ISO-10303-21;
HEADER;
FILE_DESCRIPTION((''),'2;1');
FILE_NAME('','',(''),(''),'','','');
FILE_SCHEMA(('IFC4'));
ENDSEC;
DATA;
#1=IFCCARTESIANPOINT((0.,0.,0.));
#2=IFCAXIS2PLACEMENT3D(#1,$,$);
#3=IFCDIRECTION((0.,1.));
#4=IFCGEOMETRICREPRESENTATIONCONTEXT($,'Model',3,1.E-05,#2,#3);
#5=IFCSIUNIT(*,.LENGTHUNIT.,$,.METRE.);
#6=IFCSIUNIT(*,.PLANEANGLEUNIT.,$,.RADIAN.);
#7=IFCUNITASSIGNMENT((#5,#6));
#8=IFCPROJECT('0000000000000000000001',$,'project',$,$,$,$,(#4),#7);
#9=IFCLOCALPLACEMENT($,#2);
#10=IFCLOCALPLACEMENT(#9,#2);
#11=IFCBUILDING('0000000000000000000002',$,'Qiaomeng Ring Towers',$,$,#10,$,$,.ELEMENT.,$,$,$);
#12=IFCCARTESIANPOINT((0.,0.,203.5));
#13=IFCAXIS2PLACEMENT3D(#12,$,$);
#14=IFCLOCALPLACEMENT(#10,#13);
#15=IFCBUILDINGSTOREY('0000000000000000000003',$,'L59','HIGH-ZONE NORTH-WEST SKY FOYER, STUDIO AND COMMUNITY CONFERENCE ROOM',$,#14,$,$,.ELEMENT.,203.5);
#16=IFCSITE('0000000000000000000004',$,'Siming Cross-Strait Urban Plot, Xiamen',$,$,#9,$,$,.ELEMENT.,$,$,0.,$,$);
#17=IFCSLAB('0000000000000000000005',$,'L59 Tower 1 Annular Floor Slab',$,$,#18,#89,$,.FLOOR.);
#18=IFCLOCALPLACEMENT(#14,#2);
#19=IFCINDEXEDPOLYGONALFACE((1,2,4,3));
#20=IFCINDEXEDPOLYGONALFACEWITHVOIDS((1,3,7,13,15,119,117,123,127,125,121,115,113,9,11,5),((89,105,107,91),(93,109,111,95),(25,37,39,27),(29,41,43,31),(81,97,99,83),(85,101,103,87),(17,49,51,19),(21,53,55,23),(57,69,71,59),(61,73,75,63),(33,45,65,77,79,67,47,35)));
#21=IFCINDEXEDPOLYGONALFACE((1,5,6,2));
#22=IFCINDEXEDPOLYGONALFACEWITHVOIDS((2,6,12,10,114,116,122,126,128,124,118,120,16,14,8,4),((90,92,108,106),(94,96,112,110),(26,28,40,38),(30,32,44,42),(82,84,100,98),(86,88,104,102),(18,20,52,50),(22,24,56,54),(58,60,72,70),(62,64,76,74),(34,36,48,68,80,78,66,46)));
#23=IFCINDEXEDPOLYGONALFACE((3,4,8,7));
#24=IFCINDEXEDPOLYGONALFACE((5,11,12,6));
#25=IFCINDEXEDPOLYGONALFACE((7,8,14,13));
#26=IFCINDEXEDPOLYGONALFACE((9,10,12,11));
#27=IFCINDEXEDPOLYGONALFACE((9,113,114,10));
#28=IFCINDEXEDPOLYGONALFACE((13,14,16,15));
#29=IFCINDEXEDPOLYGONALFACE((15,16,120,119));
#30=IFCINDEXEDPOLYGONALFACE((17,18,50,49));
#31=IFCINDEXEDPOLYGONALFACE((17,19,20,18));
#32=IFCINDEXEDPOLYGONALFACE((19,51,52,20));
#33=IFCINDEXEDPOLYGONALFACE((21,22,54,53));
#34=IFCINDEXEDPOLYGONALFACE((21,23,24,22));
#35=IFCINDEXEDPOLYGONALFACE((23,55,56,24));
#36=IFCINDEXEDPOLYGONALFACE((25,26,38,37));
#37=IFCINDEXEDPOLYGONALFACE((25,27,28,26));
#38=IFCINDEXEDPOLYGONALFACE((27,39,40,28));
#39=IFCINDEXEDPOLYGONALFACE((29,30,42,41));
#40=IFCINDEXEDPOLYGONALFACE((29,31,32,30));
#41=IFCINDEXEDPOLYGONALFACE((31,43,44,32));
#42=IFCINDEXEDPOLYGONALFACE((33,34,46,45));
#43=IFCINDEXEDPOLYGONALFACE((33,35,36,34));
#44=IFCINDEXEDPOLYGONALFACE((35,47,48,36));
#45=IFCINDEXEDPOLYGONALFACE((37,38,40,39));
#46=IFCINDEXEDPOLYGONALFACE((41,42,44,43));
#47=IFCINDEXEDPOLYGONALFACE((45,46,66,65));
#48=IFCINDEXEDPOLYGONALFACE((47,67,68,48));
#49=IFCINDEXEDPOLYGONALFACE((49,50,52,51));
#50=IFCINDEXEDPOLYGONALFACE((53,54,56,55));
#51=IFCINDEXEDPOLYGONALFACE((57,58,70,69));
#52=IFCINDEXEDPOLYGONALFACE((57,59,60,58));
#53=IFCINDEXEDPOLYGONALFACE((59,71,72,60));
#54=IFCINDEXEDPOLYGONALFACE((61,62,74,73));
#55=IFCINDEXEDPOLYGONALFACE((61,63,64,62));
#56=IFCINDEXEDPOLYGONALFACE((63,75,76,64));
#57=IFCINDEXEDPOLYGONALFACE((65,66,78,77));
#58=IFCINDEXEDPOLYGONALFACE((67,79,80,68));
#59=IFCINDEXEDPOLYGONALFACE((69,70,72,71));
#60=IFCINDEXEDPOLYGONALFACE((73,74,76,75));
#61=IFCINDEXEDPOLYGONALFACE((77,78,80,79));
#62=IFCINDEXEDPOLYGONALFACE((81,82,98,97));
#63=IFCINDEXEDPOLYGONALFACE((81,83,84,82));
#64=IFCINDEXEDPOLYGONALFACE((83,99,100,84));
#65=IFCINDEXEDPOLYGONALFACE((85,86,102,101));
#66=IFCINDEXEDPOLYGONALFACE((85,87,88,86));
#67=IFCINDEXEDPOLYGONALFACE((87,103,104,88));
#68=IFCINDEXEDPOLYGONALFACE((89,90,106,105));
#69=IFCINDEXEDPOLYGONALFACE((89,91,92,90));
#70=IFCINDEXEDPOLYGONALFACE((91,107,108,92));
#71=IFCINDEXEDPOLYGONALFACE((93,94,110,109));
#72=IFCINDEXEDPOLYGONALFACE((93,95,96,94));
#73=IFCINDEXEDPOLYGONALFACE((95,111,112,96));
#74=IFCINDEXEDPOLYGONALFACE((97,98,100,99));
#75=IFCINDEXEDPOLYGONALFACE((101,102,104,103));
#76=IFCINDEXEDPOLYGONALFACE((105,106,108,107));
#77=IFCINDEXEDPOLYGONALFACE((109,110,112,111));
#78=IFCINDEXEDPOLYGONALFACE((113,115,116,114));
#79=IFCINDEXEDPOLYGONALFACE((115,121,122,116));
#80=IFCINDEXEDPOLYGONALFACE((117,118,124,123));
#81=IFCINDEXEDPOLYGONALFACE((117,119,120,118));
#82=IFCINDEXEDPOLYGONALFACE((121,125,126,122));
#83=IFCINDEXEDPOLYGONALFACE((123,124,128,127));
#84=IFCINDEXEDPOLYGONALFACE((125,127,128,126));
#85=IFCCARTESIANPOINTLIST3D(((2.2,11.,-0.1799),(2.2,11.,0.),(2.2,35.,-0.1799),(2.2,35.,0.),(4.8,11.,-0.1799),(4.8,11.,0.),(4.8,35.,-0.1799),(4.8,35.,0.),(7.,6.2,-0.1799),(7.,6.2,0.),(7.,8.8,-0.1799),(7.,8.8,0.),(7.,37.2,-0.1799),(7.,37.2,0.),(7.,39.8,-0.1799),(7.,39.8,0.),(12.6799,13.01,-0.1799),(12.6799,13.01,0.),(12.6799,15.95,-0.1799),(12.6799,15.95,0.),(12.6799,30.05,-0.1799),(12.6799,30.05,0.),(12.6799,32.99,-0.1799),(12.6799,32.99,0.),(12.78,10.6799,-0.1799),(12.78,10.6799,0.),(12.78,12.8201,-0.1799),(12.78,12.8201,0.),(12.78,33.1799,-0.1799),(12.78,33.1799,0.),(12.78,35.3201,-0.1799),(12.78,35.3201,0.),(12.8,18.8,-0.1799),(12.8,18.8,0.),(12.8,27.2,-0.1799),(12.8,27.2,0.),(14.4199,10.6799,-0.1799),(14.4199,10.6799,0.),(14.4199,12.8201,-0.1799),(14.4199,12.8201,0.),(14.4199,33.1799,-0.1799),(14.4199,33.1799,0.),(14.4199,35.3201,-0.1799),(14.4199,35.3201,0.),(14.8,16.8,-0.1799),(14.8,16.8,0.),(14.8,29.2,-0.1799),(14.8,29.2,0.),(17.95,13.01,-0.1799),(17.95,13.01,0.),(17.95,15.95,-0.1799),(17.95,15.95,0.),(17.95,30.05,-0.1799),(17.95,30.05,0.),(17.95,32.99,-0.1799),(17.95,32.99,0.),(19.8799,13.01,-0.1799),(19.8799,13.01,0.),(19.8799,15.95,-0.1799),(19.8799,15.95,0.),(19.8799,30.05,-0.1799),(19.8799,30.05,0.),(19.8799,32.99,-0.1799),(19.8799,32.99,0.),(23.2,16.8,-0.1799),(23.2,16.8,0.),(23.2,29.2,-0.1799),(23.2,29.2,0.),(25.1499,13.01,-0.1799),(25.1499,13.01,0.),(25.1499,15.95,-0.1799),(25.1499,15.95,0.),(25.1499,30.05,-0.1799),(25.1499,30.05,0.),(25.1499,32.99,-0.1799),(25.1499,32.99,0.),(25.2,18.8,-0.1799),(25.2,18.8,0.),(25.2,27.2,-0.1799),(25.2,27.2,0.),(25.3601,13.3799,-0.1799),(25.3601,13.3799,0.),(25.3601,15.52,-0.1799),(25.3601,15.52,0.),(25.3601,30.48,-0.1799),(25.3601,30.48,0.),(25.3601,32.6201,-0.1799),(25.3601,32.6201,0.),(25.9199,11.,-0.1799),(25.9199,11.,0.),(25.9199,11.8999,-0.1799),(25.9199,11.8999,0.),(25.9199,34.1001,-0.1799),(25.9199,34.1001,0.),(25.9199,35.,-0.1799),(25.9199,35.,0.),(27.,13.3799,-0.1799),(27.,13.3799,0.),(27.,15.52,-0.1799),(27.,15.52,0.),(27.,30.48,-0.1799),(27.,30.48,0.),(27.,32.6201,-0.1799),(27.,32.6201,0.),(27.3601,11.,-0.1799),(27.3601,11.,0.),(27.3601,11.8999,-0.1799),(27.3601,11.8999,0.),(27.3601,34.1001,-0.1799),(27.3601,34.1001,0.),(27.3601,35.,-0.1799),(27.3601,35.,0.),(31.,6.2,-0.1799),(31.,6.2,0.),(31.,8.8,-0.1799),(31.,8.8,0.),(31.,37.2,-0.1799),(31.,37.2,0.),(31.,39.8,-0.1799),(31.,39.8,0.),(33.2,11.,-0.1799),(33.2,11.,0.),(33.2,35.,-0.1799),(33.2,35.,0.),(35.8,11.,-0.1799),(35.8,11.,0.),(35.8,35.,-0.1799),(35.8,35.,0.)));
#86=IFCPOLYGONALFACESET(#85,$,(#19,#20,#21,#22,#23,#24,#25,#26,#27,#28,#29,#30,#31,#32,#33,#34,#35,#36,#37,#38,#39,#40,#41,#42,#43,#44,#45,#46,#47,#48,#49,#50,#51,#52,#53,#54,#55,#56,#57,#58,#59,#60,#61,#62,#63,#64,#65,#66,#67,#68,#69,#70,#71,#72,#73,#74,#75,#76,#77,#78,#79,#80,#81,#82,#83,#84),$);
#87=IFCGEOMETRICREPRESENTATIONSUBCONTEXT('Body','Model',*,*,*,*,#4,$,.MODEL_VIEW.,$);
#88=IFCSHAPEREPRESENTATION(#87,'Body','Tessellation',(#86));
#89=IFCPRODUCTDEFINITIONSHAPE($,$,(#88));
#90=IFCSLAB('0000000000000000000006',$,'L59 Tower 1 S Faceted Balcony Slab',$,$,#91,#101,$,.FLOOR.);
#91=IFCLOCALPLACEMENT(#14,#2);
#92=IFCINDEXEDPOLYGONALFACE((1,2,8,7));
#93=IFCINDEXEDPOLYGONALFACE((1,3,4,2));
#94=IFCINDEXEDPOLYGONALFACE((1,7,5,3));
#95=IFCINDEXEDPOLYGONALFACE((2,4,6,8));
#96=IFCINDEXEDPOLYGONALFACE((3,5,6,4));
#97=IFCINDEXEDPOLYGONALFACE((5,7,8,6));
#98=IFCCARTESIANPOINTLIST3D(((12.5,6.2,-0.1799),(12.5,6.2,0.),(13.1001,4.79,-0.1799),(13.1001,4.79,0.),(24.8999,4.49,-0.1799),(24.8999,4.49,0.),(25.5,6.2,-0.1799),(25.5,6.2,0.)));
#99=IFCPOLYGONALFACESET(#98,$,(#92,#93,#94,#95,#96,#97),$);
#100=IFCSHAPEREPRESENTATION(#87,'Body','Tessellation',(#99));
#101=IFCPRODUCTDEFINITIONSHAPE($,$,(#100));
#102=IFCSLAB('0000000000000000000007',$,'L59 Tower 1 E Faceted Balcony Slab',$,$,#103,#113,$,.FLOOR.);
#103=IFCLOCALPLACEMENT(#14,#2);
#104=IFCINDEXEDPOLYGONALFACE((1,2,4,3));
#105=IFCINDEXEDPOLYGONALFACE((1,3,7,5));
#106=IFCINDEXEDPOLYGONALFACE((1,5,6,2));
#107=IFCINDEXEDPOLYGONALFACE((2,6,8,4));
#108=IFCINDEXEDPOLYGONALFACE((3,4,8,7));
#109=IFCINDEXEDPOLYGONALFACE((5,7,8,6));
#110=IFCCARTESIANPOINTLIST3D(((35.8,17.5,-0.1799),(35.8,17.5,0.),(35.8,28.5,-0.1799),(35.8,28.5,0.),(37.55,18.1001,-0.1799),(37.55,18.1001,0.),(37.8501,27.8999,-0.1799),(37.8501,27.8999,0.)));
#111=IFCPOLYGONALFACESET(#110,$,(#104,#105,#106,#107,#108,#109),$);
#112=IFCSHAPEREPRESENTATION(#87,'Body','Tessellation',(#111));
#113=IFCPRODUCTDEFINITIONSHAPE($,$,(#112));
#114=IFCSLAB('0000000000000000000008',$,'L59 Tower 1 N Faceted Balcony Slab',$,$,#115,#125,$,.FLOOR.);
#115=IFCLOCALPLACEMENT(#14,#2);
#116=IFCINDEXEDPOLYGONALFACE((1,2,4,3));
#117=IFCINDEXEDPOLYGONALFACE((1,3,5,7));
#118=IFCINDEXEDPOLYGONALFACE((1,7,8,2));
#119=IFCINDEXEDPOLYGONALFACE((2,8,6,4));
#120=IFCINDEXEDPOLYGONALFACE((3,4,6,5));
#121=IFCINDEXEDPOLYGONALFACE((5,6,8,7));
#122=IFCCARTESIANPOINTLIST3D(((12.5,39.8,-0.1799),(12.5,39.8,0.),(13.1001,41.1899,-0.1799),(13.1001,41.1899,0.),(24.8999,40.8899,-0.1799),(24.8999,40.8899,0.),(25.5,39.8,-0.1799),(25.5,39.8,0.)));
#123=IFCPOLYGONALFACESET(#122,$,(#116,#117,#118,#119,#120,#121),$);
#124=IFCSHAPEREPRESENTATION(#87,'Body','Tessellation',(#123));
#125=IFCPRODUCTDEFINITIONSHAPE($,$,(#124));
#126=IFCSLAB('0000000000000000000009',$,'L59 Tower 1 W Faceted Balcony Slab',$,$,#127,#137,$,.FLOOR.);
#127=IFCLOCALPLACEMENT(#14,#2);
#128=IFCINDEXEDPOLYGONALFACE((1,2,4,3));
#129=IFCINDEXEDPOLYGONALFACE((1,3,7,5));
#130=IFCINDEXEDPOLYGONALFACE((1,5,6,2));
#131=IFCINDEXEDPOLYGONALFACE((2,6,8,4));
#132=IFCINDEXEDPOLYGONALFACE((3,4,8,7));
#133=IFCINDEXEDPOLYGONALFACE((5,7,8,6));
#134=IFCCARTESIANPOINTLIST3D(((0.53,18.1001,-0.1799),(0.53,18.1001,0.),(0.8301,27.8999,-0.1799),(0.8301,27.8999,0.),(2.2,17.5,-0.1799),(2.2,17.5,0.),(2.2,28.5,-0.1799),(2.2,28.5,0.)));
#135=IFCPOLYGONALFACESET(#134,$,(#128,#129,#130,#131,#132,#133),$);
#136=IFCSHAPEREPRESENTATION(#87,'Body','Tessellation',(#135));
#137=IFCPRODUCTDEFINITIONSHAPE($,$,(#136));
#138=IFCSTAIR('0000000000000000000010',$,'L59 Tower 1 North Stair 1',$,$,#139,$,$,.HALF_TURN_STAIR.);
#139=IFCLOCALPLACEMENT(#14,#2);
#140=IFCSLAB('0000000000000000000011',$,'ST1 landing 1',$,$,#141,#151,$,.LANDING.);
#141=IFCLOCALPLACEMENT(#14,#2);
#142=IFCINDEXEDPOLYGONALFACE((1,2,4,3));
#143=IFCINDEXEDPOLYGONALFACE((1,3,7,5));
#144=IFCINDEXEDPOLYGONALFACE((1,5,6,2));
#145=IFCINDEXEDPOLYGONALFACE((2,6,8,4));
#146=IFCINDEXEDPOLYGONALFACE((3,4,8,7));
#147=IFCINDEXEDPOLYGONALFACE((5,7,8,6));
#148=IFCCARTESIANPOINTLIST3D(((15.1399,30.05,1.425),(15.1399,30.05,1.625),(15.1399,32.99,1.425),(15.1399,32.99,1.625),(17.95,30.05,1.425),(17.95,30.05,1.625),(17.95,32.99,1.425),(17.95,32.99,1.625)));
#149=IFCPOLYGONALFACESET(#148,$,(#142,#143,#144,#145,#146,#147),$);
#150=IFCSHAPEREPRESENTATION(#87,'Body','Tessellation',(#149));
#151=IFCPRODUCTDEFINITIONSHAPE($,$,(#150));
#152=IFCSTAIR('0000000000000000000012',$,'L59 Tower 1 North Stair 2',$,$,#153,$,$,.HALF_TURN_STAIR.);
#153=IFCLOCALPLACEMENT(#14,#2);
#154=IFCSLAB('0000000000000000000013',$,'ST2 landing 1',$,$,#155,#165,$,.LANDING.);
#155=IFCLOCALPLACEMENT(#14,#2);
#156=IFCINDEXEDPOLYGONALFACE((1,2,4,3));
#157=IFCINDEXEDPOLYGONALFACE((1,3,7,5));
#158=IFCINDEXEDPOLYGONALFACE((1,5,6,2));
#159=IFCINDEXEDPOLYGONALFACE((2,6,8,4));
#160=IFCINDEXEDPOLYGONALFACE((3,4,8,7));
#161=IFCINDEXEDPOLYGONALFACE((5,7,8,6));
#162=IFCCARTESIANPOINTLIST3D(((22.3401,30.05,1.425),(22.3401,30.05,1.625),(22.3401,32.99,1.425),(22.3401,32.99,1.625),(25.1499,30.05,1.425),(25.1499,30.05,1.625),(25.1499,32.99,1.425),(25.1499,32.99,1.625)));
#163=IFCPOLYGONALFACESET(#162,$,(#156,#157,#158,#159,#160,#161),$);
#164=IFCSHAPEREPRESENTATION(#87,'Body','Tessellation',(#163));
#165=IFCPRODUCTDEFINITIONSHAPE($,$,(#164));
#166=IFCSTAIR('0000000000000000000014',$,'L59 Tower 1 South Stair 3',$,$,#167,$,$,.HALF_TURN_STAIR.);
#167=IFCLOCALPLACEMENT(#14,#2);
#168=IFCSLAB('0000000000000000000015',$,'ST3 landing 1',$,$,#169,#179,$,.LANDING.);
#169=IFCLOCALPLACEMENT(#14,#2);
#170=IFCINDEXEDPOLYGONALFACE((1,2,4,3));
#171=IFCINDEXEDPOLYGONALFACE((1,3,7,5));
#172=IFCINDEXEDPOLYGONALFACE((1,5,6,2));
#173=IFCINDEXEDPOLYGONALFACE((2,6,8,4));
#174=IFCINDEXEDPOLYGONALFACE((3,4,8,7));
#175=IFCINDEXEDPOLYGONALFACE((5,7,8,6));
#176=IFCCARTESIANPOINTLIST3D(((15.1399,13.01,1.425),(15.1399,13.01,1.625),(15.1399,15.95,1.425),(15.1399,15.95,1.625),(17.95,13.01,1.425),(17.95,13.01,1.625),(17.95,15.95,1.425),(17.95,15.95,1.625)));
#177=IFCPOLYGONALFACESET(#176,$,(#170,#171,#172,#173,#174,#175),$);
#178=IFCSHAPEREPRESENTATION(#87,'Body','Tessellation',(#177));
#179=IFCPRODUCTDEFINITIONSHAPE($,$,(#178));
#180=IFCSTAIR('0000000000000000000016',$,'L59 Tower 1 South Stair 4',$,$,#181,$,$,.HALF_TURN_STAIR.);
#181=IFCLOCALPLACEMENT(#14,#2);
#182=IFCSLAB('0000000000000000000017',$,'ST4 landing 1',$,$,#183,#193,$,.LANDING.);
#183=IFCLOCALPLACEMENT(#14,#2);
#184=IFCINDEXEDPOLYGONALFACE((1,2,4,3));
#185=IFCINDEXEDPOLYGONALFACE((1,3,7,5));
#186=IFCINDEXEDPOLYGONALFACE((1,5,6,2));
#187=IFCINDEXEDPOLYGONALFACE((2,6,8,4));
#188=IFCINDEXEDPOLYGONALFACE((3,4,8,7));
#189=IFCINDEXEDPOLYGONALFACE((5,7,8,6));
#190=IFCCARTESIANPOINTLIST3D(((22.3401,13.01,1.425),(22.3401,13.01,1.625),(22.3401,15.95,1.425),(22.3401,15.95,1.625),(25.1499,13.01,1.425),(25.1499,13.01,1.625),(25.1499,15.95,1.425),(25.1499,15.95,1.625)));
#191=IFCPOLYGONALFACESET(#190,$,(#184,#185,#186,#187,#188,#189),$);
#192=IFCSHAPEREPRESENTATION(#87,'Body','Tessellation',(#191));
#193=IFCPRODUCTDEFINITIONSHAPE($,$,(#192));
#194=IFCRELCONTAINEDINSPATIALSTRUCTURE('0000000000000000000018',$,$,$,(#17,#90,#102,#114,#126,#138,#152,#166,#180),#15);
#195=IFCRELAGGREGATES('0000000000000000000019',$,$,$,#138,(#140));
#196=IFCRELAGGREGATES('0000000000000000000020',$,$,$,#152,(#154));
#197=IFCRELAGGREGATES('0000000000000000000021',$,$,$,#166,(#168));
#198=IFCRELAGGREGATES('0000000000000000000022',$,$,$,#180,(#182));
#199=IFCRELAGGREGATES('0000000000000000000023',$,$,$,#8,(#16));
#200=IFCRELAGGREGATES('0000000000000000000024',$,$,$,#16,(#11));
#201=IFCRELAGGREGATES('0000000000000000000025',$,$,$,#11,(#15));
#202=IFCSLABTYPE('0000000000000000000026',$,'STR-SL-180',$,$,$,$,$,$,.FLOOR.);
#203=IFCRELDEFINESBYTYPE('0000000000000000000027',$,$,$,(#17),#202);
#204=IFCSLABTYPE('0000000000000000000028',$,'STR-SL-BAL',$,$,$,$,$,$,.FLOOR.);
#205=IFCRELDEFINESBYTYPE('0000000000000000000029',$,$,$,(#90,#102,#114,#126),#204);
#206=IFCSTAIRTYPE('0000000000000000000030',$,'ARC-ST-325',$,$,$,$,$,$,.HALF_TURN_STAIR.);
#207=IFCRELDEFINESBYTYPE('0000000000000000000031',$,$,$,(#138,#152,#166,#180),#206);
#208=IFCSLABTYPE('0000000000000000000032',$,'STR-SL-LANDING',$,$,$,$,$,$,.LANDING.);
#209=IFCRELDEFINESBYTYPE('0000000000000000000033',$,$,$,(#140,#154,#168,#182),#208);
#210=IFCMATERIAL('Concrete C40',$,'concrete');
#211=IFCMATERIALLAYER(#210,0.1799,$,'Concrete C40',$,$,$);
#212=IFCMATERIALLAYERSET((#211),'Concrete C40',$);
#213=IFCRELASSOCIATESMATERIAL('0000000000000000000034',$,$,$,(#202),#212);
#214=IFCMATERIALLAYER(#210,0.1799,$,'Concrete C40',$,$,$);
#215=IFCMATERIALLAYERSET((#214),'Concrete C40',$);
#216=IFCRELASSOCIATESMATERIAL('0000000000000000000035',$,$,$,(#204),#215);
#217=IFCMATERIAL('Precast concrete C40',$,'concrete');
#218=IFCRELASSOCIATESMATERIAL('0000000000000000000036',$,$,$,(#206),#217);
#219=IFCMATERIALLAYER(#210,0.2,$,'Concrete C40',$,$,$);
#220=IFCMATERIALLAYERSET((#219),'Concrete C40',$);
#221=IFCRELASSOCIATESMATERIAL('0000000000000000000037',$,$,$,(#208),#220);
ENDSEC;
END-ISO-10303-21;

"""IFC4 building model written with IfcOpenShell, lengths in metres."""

from ifc_helpers import new_model, si_unit, direction, frame, origin, place, context, subcontext, project, spatial, polyline, outline, extrude, material, layer, layer_set, type_object, element, aggregate, save


model = new_model("IFC4")

# Units and contexts
model_context = context("Model", 3, precision=1e-05, world=origin(), true_north=direction((0.0, 1.0)))
body_context = subcontext(model_context, "Body", "Model", "MODEL_VIEW")
ifc_project = project(units=[si_unit("LENGTHUNIT", "METRE"), si_unit("PLANEANGLEUNIT", "RADIAN")], contexts=[model_context])

# Site, building, storey
site_placement = place(None, origin())
site = spatial("IfcSite", under=ifc_project, at=site_placement, Name="Siming Cross-Strait Urban Plot, Xiamen", CompositionType="ELEMENT", RefElevation=0.0)
building_placement = place(site_placement, origin())
building = spatial("IfcBuilding", under=site, at=building_placement, Name="Qiaomeng Ring Towers", CompositionType="ELEMENT")
storey_placement = place(building_placement, frame((0.0, 0.0, 203.5)))
storey = spatial("IfcBuildingStorey", under=building, at=storey_placement, Name="L59", Description="HIGH-ZONE NORTH-WEST SKY FOYER, STUDIO AND COMMUNITY CONFERENCE ROOM", CompositionType="ELEMENT", Elevation=203.5)

# Slabs
ifc_material_1 = material(Name="Concrete C40", Category="concrete")
ifc_layer_1 = layer(ifc_material_1, 0.1799, Name="Concrete C40")
ifc_layer_set_1 = layer_set([ifc_layer_1], Name="Concrete C40")
slab_type_1 = type_object("IfcSlabType", Name="STR-SL-180", PredefinedType="FLOOR", material=ifc_layer_set_1)
slab_1_placement = place(storey_placement, frame((0.0, 0.0, -0.1799)))
element("IfcSlab", 1, at=slab_1_placement, inside=storey, type_object=slab_type_1, Name="L59 Tower 1 Annular Floor Slab", PredefinedType="FLOOR", context=body_context, shape_type="SweptSolid", body=[
    extrude(outline(polyline([(7.0, 6.2), (31.0, 6.2), (31.0, 8.8), (33.2, 11.0), (35.8, 11.0), (35.8, 35.0), (33.2, 35.0), (31.0, 37.2), (31.0, 39.8), (7.0, 39.8), (7.0, 37.2), (4.8, 35.0), (2.2, 35.0), (2.2, 11.0), (4.8, 11.0), (7.0, 8.8), (7.0, 6.2)]), holes=[polyline([(12.78, 10.6799), (12.78, 12.8201), (14.4199, 12.8201), (14.4199, 10.6799), (12.78, 10.6799)]), polyline([(12.6799, 13.01), (12.6799, 15.95), (17.95, 15.95), (17.95, 13.01), (12.6799, 13.01)]), polyline([(23.2, 29.2), (25.2, 27.2), (25.2, 18.8), (23.2, 16.8), (14.8, 16.8), (12.8, 18.8), (12.8, 27.2), (14.8, 29.2), (23.2, 29.2)]), polyline([(12.6799, 32.99), (17.95, 32.99), (17.95, 30.05), (12.6799, 30.05), (12.6799, 32.99)]), polyline([(19.8799, 32.99), (25.1499, 32.99), (25.1499, 30.05), (19.8799, 30.05), (19.8799, 32.99)]), polyline([(12.78, 33.1799), (12.78, 35.3201), (14.4199, 35.3201), (14.4199, 33.1799), (12.78, 33.1799)]), polyline([(25.9199, 11.8999), (27.3601, 11.8999), (27.3601, 11.0), (25.9199, 11.0), (25.9199, 11.8999)]), polyline([(25.3601, 15.52), (27.0, 15.52), (27.0, 13.3799), (25.3601, 13.3799), (25.3601, 15.52)]), polyline([(19.8799, 13.01), (19.8799, 15.95), (25.1499, 15.95), (25.1499, 13.01), (19.8799, 13.01)]), polyline([(25.3601, 32.6201), (27.0, 32.6201), (27.0, 30.48), (25.3601, 30.48), (25.3601, 32.6201)]), polyline([(25.9199, 35.0), (27.3601, 35.0), (27.3601, 34.1001), (25.9199, 34.1001), (25.9199, 35.0)])]), origin(), (0.0, 0.0, 1.0), 0.1799),
])
ifc_layer_2 = layer(ifc_material_1, 0.1799, Name="Concrete C40")
ifc_layer_set_2 = layer_set([ifc_layer_2], Name="Concrete C40")
slab_type_2 = type_object("IfcSlabType", Name="STR-SL-BAL", PredefinedType="FLOOR", material=ifc_layer_set_2)
slab_2_placement = place(storey_placement, frame((0.0, 0.0, -0.1799)))
element("IfcSlab", 2, at=slab_2_placement, inside=storey, type_object=slab_type_2, Name="L59 Tower 1 S Faceted Balcony Slab", PredefinedType="FLOOR", context=body_context, shape_type="SweptSolid", body=[
    extrude(outline(polyline([(25.5, 6.2), (24.8999, 4.49), (13.1001, 4.79), (12.5, 6.2), (25.5, 6.2)])), origin(), (0.0, 0.0, 1.0), 0.1799),
])
slab_3_placement = place(storey_placement, frame((0.0, 0.0, -0.1799)))
element("IfcSlab", 3, at=slab_3_placement, inside=storey, type_object=slab_type_2, Name="L59 Tower 1 E Faceted Balcony Slab", PredefinedType="FLOOR", context=body_context, shape_type="SweptSolid", body=[
    extrude(outline(polyline([(37.8501, 27.8999), (37.55, 18.1001), (35.8, 17.5), (35.8, 28.5), (37.8501, 27.8999)])), origin(), (0.0, 0.0, 1.0), 0.1799),
])
slab_4_placement = place(storey_placement, frame((0.0, 0.0, -0.1799)))
element("IfcSlab", 4, at=slab_4_placement, inside=storey, type_object=slab_type_2, Name="L59 Tower 1 N Faceted Balcony Slab", PredefinedType="FLOOR", context=body_context, shape_type="SweptSolid", body=[
    extrude(outline(polyline([(12.5, 39.8), (13.1001, 41.1899), (24.8999, 40.8899), (25.5, 39.8), (12.5, 39.8)])), origin(), (0.0, 0.0, 1.0), 0.1799),
])
slab_5_placement = place(storey_placement, frame((0.0, 0.0, -0.1799)))
element("IfcSlab", 5, at=slab_5_placement, inside=storey, type_object=slab_type_2, Name="L59 Tower 1 W Faceted Balcony Slab", PredefinedType="FLOOR", context=body_context, shape_type="SweptSolid", body=[
    extrude(outline(polyline([(0.53, 18.1001), (0.8301, 27.8999), (2.2, 28.5), (2.2, 17.5), (0.53, 18.1001)])), origin(), (0.0, 0.0, 1.0), 0.1799),
])

# Stairs, slabs
ifc_material_2 = material(Name="Precast concrete C40", Category="concrete")
stair_type = type_object("IfcStairType", Name="ARC-ST-325", PredefinedType="HALF_TURN_STAIR", material=ifc_material_2)
stair_1_placement = place(storey_placement, origin())
stair_1 = element("IfcStair", 6, at=stair_1_placement, inside=storey, type_object=stair_type, Name="L59 Tower 1 North Stair 1", PredefinedType="HALF_TURN_STAIR")
ifc_layer_3 = layer(ifc_material_1, 0.2, Name="Concrete C40")
ifc_layer_set_3 = layer_set([ifc_layer_3], Name="Concrete C40")
slab_type_3 = type_object("IfcSlabType", Name="STR-SL-LANDING", PredefinedType="LANDING", material=ifc_layer_set_3)
slab_6_placement = place(storey_placement, frame((0.0, 0.0, 1.425)))
slab_6 = element("IfcSlab", 7, at=slab_6_placement, type_object=slab_type_3, Name="ST1 landing 1", PredefinedType="LANDING", context=body_context, shape_type="SweptSolid", body=[
    extrude(outline(polyline([(15.1399, 30.05), (17.95, 30.05), (17.95, 32.99), (15.1399, 32.99), (15.1399, 30.05)])), origin(), (0.0, 0.0, 1.0), 0.2),
])
aggregate(stair_1, [slab_6])
stair_2_placement = place(storey_placement, origin())
stair_2 = element("IfcStair", 8, at=stair_2_placement, inside=storey, type_object=stair_type, Name="L59 Tower 1 North Stair 2", PredefinedType="HALF_TURN_STAIR")
slab_7_placement = place(storey_placement, frame((0.0, 0.0, 1.425)))
slab_7 = element("IfcSlab", 9, at=slab_7_placement, type_object=slab_type_3, Name="ST2 landing 1", PredefinedType="LANDING", context=body_context, shape_type="SweptSolid", body=[
    extrude(outline(polyline([(22.3401, 30.05), (25.1499, 30.05), (25.1499, 32.99), (22.3401, 32.99), (22.3401, 30.05)])), origin(), (0.0, 0.0, 1.0), 0.2),
])
aggregate(stair_2, [slab_7])
stair_3_placement = place(storey_placement, origin())
stair_3 = element("IfcStair", 10, at=stair_3_placement, inside=storey, type_object=stair_type, Name="L59 Tower 1 South Stair 3", PredefinedType="HALF_TURN_STAIR")
slab_8_placement = place(storey_placement, frame((0.0, 0.0, 1.425)))
slab_8 = element("IfcSlab", 11, at=slab_8_placement, type_object=slab_type_3, Name="ST3 landing 1", PredefinedType="LANDING", context=body_context, shape_type="SweptSolid", body=[
    extrude(outline(polyline([(15.1399, 13.01), (17.95, 13.01), (17.95, 15.95), (15.1399, 15.95), (15.1399, 13.01)])), origin(), (0.0, 0.0, 1.0), 0.2),
])
aggregate(stair_3, [slab_8])
stair_4_placement = place(storey_placement, origin())
stair_4 = element("IfcStair", 12, at=stair_4_placement, inside=storey, type_object=stair_type, Name="L59 Tower 1 South Stair 4", PredefinedType="HALF_TURN_STAIR")
slab_9_placement = place(storey_placement, frame((0.0, 0.0, 1.425)))
slab_9 = element("IfcSlab", 13, at=slab_9_placement, type_object=slab_type_3, Name="ST4 landing 1", PredefinedType="LANDING", context=body_context, shape_type="SweptSolid", body=[
    extrude(outline(polyline([(22.3401, 13.01), (25.1499, 13.01), (25.1499, 15.95), (22.3401, 15.95), (22.3401, 13.01)])), origin(), (0.0, 0.0, 1.0), 0.2),
])
aggregate(stair_4, [slab_9])

save(model, "model.ifc")
